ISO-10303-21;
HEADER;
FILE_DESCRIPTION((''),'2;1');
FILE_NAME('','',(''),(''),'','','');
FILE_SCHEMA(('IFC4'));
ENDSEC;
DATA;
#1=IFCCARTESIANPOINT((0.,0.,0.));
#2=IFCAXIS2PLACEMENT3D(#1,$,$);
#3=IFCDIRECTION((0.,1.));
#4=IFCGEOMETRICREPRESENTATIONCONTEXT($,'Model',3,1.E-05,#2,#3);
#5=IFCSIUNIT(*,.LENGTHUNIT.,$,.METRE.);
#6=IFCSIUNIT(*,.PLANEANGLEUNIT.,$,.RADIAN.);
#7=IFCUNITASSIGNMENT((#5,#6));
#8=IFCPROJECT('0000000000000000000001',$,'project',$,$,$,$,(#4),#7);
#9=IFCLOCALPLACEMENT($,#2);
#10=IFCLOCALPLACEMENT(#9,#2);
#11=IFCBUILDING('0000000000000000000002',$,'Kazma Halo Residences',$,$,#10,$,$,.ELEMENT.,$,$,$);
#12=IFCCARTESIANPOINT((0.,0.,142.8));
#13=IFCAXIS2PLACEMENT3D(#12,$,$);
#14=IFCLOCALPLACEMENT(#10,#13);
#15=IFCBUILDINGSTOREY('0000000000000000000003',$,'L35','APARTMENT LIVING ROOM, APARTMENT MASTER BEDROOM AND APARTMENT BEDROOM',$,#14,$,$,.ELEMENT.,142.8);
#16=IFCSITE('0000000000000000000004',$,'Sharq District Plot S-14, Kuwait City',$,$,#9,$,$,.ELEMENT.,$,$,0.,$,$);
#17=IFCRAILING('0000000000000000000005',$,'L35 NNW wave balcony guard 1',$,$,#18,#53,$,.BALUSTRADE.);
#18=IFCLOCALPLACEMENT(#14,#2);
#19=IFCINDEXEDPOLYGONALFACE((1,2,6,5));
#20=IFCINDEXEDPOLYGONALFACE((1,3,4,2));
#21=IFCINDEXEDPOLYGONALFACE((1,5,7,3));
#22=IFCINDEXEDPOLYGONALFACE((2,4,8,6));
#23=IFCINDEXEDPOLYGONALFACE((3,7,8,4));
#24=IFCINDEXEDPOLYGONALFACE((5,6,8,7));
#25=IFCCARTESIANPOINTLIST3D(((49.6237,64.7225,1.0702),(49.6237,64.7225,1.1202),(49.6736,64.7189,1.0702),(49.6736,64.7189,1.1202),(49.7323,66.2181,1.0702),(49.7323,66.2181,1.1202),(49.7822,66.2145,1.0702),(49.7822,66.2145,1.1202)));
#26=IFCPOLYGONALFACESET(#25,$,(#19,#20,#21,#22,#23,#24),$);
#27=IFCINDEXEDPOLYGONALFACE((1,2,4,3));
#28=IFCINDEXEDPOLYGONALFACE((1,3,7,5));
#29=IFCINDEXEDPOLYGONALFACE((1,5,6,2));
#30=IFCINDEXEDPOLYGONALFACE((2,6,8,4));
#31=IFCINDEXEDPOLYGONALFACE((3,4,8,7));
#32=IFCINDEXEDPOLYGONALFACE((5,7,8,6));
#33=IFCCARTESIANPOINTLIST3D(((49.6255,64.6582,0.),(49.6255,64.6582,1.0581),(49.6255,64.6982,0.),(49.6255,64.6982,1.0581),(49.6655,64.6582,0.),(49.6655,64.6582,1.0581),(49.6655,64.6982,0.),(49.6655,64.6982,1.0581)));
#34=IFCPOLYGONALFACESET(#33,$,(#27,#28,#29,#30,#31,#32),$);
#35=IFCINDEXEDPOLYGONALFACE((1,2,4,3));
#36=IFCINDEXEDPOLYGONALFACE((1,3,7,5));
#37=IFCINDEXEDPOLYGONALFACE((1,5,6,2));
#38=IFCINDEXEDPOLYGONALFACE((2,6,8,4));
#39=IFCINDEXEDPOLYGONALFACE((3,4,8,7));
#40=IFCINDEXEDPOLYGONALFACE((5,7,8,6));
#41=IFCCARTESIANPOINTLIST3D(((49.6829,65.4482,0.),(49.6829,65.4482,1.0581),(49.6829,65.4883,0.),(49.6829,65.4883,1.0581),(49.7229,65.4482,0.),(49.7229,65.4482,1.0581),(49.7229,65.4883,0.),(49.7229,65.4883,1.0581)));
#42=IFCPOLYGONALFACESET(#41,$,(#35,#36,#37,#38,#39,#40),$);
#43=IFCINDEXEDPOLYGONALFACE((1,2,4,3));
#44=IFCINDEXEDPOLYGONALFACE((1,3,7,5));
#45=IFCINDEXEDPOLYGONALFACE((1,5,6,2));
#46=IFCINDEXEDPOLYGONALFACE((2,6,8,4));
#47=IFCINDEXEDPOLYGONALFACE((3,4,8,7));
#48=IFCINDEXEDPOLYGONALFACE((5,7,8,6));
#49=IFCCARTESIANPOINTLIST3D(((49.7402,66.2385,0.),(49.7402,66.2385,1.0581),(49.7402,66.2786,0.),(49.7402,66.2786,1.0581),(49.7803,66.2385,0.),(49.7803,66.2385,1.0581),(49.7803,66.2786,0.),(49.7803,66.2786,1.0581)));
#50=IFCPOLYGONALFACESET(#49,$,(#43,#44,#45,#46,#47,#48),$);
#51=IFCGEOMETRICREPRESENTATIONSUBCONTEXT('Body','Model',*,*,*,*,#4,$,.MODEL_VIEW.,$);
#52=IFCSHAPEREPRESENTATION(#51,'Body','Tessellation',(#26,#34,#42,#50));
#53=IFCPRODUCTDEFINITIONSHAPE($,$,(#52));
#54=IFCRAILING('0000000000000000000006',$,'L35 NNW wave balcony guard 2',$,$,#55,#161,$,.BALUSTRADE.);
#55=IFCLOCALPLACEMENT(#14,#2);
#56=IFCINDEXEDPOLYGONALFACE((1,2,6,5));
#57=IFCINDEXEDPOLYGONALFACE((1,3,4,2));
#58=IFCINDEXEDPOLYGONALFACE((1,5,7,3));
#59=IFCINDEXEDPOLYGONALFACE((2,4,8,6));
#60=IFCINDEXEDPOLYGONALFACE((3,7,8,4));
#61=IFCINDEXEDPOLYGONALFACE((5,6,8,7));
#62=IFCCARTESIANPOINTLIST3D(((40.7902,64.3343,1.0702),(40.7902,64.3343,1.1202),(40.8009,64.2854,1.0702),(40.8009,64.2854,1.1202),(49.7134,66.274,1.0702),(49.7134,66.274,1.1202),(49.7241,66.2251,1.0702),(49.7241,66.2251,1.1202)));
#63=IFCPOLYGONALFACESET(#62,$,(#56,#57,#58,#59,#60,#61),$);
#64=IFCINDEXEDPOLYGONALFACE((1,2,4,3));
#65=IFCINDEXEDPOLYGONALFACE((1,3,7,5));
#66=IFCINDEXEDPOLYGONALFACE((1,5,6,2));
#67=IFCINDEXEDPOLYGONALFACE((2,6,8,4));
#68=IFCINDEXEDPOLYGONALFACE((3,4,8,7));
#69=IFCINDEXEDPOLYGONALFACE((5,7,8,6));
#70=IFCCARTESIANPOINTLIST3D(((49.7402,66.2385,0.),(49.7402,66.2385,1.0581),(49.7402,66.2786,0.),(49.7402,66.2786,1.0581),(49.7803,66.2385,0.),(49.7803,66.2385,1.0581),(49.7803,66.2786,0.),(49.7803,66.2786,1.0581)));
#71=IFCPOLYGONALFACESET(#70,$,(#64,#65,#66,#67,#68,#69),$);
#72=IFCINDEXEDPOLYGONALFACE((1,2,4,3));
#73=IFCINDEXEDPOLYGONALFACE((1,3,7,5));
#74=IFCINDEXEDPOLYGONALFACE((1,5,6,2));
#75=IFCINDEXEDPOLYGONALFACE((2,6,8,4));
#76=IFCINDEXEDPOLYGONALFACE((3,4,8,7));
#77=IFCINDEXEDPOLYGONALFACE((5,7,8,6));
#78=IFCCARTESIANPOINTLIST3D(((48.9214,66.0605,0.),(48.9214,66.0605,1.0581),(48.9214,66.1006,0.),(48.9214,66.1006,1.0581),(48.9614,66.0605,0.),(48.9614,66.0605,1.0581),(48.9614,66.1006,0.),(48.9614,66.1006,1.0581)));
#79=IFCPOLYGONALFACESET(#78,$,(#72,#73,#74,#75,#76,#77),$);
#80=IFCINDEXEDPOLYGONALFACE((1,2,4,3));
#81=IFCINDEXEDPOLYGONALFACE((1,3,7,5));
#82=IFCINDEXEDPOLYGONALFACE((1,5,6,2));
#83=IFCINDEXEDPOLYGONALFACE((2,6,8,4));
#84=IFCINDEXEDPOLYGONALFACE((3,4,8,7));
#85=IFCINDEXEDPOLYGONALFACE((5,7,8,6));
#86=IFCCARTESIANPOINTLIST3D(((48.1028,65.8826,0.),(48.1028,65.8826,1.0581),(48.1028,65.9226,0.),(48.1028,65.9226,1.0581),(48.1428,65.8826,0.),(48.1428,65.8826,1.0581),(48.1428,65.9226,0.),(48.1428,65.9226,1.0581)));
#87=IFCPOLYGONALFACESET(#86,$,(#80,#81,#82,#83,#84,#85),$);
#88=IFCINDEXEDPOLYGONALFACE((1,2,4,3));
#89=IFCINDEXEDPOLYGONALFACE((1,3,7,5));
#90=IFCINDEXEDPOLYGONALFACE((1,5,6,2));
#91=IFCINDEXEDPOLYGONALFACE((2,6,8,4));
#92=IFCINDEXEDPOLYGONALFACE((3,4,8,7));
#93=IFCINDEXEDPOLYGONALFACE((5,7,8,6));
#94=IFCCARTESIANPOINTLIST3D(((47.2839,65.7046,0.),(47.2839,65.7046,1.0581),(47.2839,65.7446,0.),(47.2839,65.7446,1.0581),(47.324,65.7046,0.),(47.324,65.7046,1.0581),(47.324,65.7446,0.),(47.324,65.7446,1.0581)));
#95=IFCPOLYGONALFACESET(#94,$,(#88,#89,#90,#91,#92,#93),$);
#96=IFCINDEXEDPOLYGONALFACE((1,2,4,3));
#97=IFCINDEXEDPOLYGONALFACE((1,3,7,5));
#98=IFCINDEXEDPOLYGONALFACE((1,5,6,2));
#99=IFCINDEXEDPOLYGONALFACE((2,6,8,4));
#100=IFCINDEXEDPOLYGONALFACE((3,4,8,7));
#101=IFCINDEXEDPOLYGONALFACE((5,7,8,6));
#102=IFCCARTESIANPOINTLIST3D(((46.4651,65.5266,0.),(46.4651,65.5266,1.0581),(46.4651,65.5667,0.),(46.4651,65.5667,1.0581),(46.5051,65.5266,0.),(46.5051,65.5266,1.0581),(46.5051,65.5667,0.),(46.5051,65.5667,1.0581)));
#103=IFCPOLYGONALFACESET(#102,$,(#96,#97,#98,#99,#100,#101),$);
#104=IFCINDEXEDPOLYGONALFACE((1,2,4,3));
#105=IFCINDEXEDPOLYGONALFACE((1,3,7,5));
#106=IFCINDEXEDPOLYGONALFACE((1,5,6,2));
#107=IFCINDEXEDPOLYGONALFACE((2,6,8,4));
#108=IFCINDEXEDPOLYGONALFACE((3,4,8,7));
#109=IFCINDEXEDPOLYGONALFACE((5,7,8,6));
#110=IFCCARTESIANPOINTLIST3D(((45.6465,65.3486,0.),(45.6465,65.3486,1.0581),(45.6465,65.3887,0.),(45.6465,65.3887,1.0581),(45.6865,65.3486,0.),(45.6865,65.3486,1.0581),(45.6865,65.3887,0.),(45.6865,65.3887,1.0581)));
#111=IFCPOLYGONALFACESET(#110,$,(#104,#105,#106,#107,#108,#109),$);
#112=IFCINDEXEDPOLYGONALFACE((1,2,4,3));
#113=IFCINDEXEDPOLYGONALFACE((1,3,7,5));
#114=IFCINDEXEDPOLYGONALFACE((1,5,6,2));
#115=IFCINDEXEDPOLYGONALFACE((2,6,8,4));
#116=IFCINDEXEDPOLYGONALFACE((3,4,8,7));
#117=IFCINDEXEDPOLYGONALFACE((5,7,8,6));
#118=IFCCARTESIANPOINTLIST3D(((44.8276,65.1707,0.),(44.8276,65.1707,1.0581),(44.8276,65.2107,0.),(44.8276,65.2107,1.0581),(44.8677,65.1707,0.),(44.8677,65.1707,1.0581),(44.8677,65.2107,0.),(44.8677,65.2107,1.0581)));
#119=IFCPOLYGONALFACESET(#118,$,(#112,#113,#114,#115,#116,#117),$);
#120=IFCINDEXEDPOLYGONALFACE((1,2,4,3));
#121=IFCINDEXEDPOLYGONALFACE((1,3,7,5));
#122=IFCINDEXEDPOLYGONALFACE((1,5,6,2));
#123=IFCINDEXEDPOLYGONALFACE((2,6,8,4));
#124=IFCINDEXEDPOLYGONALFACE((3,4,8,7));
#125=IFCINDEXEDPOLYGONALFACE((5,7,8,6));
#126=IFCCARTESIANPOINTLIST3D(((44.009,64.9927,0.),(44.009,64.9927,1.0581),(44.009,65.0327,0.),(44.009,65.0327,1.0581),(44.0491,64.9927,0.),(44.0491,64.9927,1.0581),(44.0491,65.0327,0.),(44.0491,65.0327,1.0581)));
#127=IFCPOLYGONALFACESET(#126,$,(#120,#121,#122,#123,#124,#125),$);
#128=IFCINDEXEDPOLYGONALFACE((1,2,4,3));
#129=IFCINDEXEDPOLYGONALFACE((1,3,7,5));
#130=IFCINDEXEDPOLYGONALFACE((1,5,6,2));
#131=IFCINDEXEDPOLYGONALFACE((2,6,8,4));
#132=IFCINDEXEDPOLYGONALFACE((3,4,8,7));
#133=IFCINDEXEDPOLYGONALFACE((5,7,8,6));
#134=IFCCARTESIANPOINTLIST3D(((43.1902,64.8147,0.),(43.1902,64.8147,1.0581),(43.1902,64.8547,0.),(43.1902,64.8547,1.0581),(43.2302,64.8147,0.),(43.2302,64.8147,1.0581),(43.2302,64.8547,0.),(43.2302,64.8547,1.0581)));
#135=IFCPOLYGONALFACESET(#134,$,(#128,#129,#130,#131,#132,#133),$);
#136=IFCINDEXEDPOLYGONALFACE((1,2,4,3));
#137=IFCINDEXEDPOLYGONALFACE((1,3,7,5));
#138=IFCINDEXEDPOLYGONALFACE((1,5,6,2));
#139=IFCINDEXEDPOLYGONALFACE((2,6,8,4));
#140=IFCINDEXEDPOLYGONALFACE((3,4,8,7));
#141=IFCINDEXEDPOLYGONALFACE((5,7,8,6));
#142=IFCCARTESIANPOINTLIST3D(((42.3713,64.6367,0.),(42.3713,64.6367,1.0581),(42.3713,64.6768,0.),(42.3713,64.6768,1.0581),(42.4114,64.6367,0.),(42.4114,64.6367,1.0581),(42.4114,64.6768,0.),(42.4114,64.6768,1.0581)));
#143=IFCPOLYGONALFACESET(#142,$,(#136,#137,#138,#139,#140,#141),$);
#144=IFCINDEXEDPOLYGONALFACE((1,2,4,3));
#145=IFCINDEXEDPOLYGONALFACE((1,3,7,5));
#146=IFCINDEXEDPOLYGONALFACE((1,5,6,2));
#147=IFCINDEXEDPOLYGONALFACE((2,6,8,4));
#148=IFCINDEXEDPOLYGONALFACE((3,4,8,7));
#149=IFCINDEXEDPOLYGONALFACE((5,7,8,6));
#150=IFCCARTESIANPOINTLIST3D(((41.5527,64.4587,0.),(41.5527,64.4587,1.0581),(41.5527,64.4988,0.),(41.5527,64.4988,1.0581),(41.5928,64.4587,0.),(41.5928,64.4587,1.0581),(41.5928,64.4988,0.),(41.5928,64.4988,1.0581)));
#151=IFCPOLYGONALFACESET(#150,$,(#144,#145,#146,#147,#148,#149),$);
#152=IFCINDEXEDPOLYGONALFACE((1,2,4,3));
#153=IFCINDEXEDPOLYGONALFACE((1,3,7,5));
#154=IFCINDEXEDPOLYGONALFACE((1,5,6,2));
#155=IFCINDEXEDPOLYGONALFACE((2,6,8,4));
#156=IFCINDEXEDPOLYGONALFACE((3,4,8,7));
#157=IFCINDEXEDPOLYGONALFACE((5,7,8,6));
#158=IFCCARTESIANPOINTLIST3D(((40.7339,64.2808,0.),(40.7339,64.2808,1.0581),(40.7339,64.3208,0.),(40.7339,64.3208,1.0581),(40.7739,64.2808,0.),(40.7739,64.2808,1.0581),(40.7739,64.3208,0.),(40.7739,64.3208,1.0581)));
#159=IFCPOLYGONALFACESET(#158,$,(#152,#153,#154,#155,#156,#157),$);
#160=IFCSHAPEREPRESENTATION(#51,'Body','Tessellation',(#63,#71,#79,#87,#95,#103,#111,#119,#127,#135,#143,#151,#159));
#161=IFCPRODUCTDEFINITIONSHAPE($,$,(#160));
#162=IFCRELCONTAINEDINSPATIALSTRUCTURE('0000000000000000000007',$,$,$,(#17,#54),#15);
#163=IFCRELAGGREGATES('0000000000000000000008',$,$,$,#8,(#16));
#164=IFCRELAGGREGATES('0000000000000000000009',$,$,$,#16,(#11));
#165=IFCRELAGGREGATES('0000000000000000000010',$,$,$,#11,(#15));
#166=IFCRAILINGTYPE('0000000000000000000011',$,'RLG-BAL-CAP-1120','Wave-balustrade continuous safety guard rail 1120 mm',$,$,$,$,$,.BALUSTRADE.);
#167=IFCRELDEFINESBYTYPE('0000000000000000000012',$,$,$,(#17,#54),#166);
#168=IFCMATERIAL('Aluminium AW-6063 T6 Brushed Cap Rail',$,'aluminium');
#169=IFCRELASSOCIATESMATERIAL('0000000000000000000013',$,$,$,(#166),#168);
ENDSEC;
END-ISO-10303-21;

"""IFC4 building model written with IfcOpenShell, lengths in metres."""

from ifc_helpers import new_model, si_unit, direction, frame, origin, origin_2d, place, context, subcontext, project, spatial, rectangle, extrude, material, type_object, element, save


model = new_model("IFC4")

# Units and contexts
model_context = context("Model", 3, precision=1e-05, world=origin(), true_north=direction((0.0, 1.0)))
body_context = subcontext(model_context, "Body", "Model", "MODEL_VIEW")
ifc_project = project(units=[si_unit("LENGTHUNIT", "METRE"), si_unit("PLANEANGLEUNIT", "RADIAN")], contexts=[model_context])

# Site, building, storey
site_placement = place(None, origin())
site = spatial("IfcSite", under=ifc_project, at=site_placement, Name="Sharq District Plot S-14, Kuwait City", CompositionType="ELEMENT", RefElevation=0.0)
building_placement = place(site_placement, origin())
building = spatial("IfcBuilding", under=site, at=building_placement, Name="Kazma Halo Residences", CompositionType="ELEMENT")
storey_placement = place(building_placement, frame((0.0, 0.0, 142.8)))
storey = spatial("IfcBuildingStorey", under=building, at=storey_placement, Name="L35", Description="APARTMENT LIVING ROOM, APARTMENT MASTER BEDROOM AND APARTMENT BEDROOM", CompositionType="ELEMENT", Elevation=142.8)

# Railings
ifc_material_1 = material(Name="Aluminium AW-6063 T6 Brushed Cap Rail", Category="aluminium")
railing_type = type_object("IfcRailingType", Name="RLG-BAL-CAP-1120", Description="Wave-balustrade continuous safety guard rail 1120 mm", PredefinedType="BALUSTRADE", material=ifc_material_1)
railing_1_placement = place(storey_placement, frame((49.6455, 64.6782, 0.0)))
element("IfcRailing", 1, at=railing_1_placement, inside=storey, type_object=railing_type, Name="L35 NNW wave balcony guard 1", PredefinedType="BALUSTRADE", context=body_context, shape_type="SweptSolid", body=[
    extrude(rectangle(XDim=0.05, YDim=0.05, at=origin_2d()), frame((0.0032, 0.0425, 1.0952), z_axis=(0.072419, 0.997374, 0.0), x_axis=(-0.997374, 0.072419, 0.0)), (0.0, 0.0, 1.0), 1.4995),
    extrude(rectangle(XDim=0.04, YDim=0.04, at=origin_2d()), origin(), (0.0, 0.0, 1.0), 1.0581),
    extrude(rectangle(XDim=0.04, YDim=0.04, at=origin_2d()), frame((0.0574, 0.79, 0.0)), (0.0, 0.0, 1.0), 1.0581),
    extrude(rectangle(XDim=0.04, YDim=0.04, at=origin_2d()), frame((0.1147, 1.5803, 0.0)), (0.0, 0.0, 1.0), 1.0581),
])
railing_2_placement = place(storey_placement, frame((49.7603, 66.2585, 0.0)))
element("IfcRailing", 2, at=railing_2_placement, inside=storey, type_object=railing_type, Name="L35 NNW wave balcony guard 2", PredefinedType="BALUSTRADE", context=body_context, shape_type="SweptSolid", body=[
    extrude(rectangle(XDim=0.05, YDim=0.05, at=origin_2d()), frame((-0.0415, -0.009, 1.0952), z_axis=(-0.977179, -0.212415, 0.0), x_axis=(0.212415, -0.977179, 0.0)), (0.0, 0.0, 1.0), 9.1316),
    extrude(rectangle(XDim=0.04, YDim=0.04, at=origin_2d()), origin(), (0.0, 0.0, 1.0), 1.0581),
    extrude(rectangle(XDim=0.04, YDim=0.04, at=origin_2d()), frame((-0.8188, -0.178, 0.0)), (0.0, 0.0, 1.0), 1.0581),
    extrude(rectangle(XDim=0.04, YDim=0.04, at=origin_2d()), frame((-1.6375, -0.356, 0.0)), (0.0, 0.0, 1.0), 1.0581),
    extrude(rectangle(XDim=0.04, YDim=0.04, at=origin_2d()), frame((-2.4563, -0.5339, 0.0)), (0.0, 0.0, 1.0), 1.0581),
    extrude(rectangle(XDim=0.04, YDim=0.04, at=origin_2d()), frame((-3.2751, -0.7119, 0.0)), (0.0, 0.0, 1.0), 1.0581),
    extrude(rectangle(XDim=0.04, YDim=0.04, at=origin_2d()), frame((-4.0938, -0.8899, 0.0)), (0.0, 0.0, 1.0), 1.0581),
    extrude(rectangle(XDim=0.04, YDim=0.04, at=origin_2d()), frame((-4.9126, -1.0679, 0.0)), (0.0, 0.0, 1.0), 1.0581),
    extrude(rectangle(XDim=0.04, YDim=0.04, at=origin_2d()), frame((-5.7312, -1.2458, 0.0)), (0.0, 0.0, 1.0), 1.0581),
    extrude(rectangle(XDim=0.04, YDim=0.04, at=origin_2d()), frame((-6.55, -1.4238, 0.0)), (0.0, 0.0, 1.0), 1.0581),
    extrude(rectangle(XDim=0.04, YDim=0.04, at=origin_2d()), frame((-7.3689, -1.6018, 0.0)), (0.0, 0.0, 1.0), 1.0581),
    extrude(rectangle(XDim=0.04, YDim=0.04, at=origin_2d()), frame((-8.1875, -1.7798, 0.0)), (0.0, 0.0, 1.0), 1.0581),
    extrude(rectangle(XDim=0.04, YDim=0.04, at=origin_2d()), frame((-9.0063, -1.9578, 0.0)), (0.0, 0.0, 1.0), 1.0581),
])

save(model, "model.ifc")
